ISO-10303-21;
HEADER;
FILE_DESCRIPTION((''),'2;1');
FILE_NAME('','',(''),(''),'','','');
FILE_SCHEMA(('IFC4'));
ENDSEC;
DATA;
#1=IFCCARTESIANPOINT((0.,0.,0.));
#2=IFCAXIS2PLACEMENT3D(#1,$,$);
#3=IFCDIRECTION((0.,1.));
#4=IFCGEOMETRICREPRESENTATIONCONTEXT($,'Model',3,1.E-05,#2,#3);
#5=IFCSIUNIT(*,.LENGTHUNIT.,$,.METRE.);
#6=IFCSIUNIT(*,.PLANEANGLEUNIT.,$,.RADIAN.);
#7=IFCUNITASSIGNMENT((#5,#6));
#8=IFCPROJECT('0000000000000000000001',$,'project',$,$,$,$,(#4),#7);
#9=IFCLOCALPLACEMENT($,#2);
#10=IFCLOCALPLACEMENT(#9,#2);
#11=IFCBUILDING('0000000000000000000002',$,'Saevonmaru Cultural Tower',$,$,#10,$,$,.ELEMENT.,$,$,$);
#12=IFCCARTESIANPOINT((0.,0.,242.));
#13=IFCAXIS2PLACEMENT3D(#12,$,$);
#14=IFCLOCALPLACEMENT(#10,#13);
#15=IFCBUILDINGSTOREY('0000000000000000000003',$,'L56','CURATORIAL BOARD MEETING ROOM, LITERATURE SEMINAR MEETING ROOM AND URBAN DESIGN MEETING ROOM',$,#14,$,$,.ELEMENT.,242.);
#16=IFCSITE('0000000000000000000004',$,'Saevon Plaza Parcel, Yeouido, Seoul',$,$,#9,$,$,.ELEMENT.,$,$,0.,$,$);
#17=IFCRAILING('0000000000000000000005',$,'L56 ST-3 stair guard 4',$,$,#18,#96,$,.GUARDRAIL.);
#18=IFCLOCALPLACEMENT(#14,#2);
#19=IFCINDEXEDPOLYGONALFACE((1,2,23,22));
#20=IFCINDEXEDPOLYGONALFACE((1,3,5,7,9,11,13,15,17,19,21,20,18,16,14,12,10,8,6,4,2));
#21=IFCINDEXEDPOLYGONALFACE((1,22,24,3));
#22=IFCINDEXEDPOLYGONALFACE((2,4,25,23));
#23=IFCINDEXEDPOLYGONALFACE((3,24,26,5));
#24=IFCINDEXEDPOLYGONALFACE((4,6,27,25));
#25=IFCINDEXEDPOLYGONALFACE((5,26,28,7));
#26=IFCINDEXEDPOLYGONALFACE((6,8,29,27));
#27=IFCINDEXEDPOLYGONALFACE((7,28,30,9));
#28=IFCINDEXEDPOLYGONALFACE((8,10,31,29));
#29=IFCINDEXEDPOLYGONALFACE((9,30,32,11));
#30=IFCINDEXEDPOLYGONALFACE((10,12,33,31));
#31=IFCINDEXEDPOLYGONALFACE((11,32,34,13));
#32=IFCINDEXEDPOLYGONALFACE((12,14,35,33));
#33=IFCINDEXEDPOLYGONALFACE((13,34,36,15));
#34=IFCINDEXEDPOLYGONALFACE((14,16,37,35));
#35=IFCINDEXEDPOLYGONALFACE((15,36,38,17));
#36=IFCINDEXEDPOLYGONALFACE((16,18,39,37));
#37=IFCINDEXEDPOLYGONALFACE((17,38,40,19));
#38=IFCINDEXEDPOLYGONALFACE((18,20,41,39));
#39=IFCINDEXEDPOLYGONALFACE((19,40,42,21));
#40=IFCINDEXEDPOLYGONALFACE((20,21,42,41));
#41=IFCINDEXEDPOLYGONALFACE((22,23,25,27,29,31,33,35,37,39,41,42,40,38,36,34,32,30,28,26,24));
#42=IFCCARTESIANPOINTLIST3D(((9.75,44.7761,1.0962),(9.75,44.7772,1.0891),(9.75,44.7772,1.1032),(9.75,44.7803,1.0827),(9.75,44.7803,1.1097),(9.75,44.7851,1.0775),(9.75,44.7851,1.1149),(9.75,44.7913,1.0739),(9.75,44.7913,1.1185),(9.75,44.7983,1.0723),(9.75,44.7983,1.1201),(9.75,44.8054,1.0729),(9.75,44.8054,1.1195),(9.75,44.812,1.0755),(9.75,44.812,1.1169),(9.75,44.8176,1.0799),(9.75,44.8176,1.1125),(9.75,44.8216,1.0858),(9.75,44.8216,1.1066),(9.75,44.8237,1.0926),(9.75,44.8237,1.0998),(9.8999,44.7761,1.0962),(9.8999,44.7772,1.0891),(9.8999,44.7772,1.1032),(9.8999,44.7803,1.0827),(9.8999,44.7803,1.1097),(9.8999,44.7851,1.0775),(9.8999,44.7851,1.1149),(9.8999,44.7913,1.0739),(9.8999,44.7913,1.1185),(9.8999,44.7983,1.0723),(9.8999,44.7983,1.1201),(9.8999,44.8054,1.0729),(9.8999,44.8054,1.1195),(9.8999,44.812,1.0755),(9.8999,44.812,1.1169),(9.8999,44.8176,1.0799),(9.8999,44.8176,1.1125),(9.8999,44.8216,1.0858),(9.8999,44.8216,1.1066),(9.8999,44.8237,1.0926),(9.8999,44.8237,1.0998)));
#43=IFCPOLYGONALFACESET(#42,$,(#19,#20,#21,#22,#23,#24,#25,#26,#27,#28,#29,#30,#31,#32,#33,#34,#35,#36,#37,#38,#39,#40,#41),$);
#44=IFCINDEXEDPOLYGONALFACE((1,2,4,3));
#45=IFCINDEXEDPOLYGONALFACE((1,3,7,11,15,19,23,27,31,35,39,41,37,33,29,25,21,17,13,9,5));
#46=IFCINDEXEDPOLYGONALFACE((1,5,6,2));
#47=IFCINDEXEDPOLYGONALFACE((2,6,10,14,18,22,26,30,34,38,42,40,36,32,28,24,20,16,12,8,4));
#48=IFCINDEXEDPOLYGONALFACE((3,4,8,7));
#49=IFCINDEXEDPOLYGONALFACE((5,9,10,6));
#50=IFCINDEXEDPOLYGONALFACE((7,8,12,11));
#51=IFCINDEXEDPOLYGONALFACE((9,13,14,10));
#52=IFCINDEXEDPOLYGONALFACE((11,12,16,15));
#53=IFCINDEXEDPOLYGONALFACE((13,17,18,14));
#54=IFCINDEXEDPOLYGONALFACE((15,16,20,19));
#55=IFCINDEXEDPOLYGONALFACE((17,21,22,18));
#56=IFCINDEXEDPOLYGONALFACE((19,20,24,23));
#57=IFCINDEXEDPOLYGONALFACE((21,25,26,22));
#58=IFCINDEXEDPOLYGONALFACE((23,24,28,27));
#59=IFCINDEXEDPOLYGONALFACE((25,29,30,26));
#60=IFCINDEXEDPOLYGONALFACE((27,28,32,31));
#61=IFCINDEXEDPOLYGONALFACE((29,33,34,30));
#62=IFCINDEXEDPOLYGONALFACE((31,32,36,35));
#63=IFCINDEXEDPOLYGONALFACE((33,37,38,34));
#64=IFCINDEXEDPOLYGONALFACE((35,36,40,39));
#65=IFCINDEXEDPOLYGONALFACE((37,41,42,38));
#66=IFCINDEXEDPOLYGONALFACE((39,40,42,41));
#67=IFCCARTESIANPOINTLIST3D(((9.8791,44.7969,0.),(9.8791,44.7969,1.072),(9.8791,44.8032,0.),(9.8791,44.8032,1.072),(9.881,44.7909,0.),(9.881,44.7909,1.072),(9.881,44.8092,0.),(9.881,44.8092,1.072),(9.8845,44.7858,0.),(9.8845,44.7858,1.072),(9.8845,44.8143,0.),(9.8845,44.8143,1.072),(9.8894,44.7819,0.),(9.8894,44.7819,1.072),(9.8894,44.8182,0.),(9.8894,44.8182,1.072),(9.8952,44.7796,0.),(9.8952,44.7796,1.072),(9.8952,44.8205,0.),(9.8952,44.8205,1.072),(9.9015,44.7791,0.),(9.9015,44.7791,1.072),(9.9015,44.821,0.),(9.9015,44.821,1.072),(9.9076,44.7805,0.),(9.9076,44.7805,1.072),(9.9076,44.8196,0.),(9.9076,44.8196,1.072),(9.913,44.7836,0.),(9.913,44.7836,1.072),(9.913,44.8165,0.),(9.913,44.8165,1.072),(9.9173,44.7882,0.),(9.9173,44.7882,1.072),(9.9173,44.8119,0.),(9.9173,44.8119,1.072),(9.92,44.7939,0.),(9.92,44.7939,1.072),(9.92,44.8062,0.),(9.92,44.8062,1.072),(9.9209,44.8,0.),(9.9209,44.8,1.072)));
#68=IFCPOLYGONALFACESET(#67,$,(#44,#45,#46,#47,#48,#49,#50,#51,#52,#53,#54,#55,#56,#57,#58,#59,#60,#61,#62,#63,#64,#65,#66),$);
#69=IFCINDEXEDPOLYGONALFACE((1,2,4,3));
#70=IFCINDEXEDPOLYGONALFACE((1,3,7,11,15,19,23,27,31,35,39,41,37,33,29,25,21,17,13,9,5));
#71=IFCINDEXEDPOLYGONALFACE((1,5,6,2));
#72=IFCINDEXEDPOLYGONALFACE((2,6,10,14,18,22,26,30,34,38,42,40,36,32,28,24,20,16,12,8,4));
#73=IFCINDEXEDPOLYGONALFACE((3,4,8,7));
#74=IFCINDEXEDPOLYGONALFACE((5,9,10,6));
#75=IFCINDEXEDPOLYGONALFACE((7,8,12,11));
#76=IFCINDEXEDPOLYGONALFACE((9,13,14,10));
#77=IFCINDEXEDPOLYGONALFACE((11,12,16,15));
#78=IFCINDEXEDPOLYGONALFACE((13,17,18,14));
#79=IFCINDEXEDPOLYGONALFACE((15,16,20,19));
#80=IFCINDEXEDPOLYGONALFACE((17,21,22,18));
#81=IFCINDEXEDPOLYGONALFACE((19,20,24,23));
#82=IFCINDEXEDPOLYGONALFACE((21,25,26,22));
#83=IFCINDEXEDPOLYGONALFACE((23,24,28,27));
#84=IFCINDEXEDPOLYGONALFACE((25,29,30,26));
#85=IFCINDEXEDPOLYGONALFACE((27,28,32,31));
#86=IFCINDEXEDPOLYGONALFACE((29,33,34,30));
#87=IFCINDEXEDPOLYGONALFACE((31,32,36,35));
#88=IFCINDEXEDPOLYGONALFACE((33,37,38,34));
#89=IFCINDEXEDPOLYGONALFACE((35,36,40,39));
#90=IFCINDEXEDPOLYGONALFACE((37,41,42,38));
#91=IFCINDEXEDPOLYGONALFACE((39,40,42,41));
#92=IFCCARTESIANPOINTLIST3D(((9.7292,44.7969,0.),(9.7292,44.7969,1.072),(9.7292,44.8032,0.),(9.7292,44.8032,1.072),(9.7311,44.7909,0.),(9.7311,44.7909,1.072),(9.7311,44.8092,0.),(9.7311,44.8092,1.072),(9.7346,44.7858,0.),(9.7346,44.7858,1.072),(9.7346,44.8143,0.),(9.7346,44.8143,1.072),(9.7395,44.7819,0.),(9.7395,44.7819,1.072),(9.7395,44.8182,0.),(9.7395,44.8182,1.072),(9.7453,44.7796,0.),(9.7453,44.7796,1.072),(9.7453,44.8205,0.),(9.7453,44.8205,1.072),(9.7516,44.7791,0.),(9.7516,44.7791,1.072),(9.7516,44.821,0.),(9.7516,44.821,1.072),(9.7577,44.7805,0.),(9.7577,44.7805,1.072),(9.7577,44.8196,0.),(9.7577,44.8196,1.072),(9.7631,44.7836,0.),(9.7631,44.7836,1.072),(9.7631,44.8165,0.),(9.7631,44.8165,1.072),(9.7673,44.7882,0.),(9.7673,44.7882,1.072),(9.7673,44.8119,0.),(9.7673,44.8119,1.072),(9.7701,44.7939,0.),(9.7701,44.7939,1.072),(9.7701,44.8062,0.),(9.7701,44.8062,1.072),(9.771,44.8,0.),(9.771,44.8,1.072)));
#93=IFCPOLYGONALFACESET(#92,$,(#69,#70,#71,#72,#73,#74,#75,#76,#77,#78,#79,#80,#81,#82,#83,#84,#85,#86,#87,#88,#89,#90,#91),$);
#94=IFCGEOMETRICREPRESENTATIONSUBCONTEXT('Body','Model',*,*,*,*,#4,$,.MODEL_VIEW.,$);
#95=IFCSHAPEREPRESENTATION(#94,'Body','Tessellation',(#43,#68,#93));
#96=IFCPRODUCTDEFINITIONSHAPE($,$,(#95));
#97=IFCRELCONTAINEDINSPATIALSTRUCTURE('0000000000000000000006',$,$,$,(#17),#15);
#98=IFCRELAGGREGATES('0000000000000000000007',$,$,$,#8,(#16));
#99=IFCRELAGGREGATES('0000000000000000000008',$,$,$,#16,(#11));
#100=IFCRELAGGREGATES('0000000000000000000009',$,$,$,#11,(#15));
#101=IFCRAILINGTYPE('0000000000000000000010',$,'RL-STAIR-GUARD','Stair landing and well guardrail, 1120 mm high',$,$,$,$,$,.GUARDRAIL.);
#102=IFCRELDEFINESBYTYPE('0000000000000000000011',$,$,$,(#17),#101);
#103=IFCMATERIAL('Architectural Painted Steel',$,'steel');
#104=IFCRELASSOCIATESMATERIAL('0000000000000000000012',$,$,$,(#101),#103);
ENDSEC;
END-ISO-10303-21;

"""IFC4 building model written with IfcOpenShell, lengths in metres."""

from ifc_helpers import new_model, si_unit, direction, frame, origin, origin_2d, place, context, subcontext, project, spatial, circle, extrude, material, type_object, element, save


model = new_model("IFC4")

# Units and contexts
model_context = context("Model", 3, precision=1e-05, world=origin(), true_north=direction((0.0, 1.0)))
body_context = subcontext(model_context, "Body", "Model", "MODEL_VIEW")
ifc_project = project(units=[si_unit("LENGTHUNIT", "METRE"), si_unit("PLANEANGLEUNIT", "RADIAN")], contexts=[model_context])

# Site, building, storey
site_placement = place(None, origin())
site = spatial("IfcSite", under=ifc_project, at=site_placement, Name="Saevon Plaza Parcel, Yeouido, Seoul", CompositionType="ELEMENT", RefElevation=0.0)
building_placement = place(site_placement, origin())
building = spatial("IfcBuilding", under=site, at=building_placement, Name="Saevonmaru Cultural Tower", CompositionType="ELEMENT")
storey_placement = place(building_placement, frame((0.0, 0.0, 242.0)))
storey = spatial("IfcBuildingStorey", under=building, at=storey_placement, Name="L56", Description="CURATORIAL BOARD MEETING ROOM, LITERATURE SEMINAR MEETING ROOM AND URBAN DESIGN MEETING ROOM", CompositionType="ELEMENT", Elevation=242.0)

# Railing
ifc_material_1 = material(Name="Architectural Painted Steel", Category="steel")
railing_type_1 = type_object("IfcRailingType", Name="RL-STAIR-GUARD", Description="Stair landing and well guardrail, 1120 mm high", PredefinedType="GUARDRAIL", material=ifc_material_1)
railing_1_placement = place(storey_placement, frame((9.8999, 44.8, 0.0)))
element("IfcRailing", 1, at=railing_1_placement, inside=storey, type_object=railing_type_1, Name="L56 ST-3 stair guard 4", PredefinedType="GUARDRAIL", context=body_context, shape_type="SweptSolid", body=[
    extrude(circle(Radius=0.0239, at=origin_2d()), frame((0.0, 0.0, 1.0962), z_axis=(-1.0, 0.0, 0.0), x_axis=(0.0, -1.0, 0.0)), (0.0, 0.0, 1.0), 0.1499),
    extrude(circle(Radius=0.021, at=origin_2d()), origin(), (0.0, 0.0, 1.0), 1.072),
    extrude(circle(Radius=0.021, at=origin_2d()), frame((-0.1499, 0.0, 0.0)), (0.0, 0.0, 1.0), 1.072),
])

save(model, "model.ifc")
